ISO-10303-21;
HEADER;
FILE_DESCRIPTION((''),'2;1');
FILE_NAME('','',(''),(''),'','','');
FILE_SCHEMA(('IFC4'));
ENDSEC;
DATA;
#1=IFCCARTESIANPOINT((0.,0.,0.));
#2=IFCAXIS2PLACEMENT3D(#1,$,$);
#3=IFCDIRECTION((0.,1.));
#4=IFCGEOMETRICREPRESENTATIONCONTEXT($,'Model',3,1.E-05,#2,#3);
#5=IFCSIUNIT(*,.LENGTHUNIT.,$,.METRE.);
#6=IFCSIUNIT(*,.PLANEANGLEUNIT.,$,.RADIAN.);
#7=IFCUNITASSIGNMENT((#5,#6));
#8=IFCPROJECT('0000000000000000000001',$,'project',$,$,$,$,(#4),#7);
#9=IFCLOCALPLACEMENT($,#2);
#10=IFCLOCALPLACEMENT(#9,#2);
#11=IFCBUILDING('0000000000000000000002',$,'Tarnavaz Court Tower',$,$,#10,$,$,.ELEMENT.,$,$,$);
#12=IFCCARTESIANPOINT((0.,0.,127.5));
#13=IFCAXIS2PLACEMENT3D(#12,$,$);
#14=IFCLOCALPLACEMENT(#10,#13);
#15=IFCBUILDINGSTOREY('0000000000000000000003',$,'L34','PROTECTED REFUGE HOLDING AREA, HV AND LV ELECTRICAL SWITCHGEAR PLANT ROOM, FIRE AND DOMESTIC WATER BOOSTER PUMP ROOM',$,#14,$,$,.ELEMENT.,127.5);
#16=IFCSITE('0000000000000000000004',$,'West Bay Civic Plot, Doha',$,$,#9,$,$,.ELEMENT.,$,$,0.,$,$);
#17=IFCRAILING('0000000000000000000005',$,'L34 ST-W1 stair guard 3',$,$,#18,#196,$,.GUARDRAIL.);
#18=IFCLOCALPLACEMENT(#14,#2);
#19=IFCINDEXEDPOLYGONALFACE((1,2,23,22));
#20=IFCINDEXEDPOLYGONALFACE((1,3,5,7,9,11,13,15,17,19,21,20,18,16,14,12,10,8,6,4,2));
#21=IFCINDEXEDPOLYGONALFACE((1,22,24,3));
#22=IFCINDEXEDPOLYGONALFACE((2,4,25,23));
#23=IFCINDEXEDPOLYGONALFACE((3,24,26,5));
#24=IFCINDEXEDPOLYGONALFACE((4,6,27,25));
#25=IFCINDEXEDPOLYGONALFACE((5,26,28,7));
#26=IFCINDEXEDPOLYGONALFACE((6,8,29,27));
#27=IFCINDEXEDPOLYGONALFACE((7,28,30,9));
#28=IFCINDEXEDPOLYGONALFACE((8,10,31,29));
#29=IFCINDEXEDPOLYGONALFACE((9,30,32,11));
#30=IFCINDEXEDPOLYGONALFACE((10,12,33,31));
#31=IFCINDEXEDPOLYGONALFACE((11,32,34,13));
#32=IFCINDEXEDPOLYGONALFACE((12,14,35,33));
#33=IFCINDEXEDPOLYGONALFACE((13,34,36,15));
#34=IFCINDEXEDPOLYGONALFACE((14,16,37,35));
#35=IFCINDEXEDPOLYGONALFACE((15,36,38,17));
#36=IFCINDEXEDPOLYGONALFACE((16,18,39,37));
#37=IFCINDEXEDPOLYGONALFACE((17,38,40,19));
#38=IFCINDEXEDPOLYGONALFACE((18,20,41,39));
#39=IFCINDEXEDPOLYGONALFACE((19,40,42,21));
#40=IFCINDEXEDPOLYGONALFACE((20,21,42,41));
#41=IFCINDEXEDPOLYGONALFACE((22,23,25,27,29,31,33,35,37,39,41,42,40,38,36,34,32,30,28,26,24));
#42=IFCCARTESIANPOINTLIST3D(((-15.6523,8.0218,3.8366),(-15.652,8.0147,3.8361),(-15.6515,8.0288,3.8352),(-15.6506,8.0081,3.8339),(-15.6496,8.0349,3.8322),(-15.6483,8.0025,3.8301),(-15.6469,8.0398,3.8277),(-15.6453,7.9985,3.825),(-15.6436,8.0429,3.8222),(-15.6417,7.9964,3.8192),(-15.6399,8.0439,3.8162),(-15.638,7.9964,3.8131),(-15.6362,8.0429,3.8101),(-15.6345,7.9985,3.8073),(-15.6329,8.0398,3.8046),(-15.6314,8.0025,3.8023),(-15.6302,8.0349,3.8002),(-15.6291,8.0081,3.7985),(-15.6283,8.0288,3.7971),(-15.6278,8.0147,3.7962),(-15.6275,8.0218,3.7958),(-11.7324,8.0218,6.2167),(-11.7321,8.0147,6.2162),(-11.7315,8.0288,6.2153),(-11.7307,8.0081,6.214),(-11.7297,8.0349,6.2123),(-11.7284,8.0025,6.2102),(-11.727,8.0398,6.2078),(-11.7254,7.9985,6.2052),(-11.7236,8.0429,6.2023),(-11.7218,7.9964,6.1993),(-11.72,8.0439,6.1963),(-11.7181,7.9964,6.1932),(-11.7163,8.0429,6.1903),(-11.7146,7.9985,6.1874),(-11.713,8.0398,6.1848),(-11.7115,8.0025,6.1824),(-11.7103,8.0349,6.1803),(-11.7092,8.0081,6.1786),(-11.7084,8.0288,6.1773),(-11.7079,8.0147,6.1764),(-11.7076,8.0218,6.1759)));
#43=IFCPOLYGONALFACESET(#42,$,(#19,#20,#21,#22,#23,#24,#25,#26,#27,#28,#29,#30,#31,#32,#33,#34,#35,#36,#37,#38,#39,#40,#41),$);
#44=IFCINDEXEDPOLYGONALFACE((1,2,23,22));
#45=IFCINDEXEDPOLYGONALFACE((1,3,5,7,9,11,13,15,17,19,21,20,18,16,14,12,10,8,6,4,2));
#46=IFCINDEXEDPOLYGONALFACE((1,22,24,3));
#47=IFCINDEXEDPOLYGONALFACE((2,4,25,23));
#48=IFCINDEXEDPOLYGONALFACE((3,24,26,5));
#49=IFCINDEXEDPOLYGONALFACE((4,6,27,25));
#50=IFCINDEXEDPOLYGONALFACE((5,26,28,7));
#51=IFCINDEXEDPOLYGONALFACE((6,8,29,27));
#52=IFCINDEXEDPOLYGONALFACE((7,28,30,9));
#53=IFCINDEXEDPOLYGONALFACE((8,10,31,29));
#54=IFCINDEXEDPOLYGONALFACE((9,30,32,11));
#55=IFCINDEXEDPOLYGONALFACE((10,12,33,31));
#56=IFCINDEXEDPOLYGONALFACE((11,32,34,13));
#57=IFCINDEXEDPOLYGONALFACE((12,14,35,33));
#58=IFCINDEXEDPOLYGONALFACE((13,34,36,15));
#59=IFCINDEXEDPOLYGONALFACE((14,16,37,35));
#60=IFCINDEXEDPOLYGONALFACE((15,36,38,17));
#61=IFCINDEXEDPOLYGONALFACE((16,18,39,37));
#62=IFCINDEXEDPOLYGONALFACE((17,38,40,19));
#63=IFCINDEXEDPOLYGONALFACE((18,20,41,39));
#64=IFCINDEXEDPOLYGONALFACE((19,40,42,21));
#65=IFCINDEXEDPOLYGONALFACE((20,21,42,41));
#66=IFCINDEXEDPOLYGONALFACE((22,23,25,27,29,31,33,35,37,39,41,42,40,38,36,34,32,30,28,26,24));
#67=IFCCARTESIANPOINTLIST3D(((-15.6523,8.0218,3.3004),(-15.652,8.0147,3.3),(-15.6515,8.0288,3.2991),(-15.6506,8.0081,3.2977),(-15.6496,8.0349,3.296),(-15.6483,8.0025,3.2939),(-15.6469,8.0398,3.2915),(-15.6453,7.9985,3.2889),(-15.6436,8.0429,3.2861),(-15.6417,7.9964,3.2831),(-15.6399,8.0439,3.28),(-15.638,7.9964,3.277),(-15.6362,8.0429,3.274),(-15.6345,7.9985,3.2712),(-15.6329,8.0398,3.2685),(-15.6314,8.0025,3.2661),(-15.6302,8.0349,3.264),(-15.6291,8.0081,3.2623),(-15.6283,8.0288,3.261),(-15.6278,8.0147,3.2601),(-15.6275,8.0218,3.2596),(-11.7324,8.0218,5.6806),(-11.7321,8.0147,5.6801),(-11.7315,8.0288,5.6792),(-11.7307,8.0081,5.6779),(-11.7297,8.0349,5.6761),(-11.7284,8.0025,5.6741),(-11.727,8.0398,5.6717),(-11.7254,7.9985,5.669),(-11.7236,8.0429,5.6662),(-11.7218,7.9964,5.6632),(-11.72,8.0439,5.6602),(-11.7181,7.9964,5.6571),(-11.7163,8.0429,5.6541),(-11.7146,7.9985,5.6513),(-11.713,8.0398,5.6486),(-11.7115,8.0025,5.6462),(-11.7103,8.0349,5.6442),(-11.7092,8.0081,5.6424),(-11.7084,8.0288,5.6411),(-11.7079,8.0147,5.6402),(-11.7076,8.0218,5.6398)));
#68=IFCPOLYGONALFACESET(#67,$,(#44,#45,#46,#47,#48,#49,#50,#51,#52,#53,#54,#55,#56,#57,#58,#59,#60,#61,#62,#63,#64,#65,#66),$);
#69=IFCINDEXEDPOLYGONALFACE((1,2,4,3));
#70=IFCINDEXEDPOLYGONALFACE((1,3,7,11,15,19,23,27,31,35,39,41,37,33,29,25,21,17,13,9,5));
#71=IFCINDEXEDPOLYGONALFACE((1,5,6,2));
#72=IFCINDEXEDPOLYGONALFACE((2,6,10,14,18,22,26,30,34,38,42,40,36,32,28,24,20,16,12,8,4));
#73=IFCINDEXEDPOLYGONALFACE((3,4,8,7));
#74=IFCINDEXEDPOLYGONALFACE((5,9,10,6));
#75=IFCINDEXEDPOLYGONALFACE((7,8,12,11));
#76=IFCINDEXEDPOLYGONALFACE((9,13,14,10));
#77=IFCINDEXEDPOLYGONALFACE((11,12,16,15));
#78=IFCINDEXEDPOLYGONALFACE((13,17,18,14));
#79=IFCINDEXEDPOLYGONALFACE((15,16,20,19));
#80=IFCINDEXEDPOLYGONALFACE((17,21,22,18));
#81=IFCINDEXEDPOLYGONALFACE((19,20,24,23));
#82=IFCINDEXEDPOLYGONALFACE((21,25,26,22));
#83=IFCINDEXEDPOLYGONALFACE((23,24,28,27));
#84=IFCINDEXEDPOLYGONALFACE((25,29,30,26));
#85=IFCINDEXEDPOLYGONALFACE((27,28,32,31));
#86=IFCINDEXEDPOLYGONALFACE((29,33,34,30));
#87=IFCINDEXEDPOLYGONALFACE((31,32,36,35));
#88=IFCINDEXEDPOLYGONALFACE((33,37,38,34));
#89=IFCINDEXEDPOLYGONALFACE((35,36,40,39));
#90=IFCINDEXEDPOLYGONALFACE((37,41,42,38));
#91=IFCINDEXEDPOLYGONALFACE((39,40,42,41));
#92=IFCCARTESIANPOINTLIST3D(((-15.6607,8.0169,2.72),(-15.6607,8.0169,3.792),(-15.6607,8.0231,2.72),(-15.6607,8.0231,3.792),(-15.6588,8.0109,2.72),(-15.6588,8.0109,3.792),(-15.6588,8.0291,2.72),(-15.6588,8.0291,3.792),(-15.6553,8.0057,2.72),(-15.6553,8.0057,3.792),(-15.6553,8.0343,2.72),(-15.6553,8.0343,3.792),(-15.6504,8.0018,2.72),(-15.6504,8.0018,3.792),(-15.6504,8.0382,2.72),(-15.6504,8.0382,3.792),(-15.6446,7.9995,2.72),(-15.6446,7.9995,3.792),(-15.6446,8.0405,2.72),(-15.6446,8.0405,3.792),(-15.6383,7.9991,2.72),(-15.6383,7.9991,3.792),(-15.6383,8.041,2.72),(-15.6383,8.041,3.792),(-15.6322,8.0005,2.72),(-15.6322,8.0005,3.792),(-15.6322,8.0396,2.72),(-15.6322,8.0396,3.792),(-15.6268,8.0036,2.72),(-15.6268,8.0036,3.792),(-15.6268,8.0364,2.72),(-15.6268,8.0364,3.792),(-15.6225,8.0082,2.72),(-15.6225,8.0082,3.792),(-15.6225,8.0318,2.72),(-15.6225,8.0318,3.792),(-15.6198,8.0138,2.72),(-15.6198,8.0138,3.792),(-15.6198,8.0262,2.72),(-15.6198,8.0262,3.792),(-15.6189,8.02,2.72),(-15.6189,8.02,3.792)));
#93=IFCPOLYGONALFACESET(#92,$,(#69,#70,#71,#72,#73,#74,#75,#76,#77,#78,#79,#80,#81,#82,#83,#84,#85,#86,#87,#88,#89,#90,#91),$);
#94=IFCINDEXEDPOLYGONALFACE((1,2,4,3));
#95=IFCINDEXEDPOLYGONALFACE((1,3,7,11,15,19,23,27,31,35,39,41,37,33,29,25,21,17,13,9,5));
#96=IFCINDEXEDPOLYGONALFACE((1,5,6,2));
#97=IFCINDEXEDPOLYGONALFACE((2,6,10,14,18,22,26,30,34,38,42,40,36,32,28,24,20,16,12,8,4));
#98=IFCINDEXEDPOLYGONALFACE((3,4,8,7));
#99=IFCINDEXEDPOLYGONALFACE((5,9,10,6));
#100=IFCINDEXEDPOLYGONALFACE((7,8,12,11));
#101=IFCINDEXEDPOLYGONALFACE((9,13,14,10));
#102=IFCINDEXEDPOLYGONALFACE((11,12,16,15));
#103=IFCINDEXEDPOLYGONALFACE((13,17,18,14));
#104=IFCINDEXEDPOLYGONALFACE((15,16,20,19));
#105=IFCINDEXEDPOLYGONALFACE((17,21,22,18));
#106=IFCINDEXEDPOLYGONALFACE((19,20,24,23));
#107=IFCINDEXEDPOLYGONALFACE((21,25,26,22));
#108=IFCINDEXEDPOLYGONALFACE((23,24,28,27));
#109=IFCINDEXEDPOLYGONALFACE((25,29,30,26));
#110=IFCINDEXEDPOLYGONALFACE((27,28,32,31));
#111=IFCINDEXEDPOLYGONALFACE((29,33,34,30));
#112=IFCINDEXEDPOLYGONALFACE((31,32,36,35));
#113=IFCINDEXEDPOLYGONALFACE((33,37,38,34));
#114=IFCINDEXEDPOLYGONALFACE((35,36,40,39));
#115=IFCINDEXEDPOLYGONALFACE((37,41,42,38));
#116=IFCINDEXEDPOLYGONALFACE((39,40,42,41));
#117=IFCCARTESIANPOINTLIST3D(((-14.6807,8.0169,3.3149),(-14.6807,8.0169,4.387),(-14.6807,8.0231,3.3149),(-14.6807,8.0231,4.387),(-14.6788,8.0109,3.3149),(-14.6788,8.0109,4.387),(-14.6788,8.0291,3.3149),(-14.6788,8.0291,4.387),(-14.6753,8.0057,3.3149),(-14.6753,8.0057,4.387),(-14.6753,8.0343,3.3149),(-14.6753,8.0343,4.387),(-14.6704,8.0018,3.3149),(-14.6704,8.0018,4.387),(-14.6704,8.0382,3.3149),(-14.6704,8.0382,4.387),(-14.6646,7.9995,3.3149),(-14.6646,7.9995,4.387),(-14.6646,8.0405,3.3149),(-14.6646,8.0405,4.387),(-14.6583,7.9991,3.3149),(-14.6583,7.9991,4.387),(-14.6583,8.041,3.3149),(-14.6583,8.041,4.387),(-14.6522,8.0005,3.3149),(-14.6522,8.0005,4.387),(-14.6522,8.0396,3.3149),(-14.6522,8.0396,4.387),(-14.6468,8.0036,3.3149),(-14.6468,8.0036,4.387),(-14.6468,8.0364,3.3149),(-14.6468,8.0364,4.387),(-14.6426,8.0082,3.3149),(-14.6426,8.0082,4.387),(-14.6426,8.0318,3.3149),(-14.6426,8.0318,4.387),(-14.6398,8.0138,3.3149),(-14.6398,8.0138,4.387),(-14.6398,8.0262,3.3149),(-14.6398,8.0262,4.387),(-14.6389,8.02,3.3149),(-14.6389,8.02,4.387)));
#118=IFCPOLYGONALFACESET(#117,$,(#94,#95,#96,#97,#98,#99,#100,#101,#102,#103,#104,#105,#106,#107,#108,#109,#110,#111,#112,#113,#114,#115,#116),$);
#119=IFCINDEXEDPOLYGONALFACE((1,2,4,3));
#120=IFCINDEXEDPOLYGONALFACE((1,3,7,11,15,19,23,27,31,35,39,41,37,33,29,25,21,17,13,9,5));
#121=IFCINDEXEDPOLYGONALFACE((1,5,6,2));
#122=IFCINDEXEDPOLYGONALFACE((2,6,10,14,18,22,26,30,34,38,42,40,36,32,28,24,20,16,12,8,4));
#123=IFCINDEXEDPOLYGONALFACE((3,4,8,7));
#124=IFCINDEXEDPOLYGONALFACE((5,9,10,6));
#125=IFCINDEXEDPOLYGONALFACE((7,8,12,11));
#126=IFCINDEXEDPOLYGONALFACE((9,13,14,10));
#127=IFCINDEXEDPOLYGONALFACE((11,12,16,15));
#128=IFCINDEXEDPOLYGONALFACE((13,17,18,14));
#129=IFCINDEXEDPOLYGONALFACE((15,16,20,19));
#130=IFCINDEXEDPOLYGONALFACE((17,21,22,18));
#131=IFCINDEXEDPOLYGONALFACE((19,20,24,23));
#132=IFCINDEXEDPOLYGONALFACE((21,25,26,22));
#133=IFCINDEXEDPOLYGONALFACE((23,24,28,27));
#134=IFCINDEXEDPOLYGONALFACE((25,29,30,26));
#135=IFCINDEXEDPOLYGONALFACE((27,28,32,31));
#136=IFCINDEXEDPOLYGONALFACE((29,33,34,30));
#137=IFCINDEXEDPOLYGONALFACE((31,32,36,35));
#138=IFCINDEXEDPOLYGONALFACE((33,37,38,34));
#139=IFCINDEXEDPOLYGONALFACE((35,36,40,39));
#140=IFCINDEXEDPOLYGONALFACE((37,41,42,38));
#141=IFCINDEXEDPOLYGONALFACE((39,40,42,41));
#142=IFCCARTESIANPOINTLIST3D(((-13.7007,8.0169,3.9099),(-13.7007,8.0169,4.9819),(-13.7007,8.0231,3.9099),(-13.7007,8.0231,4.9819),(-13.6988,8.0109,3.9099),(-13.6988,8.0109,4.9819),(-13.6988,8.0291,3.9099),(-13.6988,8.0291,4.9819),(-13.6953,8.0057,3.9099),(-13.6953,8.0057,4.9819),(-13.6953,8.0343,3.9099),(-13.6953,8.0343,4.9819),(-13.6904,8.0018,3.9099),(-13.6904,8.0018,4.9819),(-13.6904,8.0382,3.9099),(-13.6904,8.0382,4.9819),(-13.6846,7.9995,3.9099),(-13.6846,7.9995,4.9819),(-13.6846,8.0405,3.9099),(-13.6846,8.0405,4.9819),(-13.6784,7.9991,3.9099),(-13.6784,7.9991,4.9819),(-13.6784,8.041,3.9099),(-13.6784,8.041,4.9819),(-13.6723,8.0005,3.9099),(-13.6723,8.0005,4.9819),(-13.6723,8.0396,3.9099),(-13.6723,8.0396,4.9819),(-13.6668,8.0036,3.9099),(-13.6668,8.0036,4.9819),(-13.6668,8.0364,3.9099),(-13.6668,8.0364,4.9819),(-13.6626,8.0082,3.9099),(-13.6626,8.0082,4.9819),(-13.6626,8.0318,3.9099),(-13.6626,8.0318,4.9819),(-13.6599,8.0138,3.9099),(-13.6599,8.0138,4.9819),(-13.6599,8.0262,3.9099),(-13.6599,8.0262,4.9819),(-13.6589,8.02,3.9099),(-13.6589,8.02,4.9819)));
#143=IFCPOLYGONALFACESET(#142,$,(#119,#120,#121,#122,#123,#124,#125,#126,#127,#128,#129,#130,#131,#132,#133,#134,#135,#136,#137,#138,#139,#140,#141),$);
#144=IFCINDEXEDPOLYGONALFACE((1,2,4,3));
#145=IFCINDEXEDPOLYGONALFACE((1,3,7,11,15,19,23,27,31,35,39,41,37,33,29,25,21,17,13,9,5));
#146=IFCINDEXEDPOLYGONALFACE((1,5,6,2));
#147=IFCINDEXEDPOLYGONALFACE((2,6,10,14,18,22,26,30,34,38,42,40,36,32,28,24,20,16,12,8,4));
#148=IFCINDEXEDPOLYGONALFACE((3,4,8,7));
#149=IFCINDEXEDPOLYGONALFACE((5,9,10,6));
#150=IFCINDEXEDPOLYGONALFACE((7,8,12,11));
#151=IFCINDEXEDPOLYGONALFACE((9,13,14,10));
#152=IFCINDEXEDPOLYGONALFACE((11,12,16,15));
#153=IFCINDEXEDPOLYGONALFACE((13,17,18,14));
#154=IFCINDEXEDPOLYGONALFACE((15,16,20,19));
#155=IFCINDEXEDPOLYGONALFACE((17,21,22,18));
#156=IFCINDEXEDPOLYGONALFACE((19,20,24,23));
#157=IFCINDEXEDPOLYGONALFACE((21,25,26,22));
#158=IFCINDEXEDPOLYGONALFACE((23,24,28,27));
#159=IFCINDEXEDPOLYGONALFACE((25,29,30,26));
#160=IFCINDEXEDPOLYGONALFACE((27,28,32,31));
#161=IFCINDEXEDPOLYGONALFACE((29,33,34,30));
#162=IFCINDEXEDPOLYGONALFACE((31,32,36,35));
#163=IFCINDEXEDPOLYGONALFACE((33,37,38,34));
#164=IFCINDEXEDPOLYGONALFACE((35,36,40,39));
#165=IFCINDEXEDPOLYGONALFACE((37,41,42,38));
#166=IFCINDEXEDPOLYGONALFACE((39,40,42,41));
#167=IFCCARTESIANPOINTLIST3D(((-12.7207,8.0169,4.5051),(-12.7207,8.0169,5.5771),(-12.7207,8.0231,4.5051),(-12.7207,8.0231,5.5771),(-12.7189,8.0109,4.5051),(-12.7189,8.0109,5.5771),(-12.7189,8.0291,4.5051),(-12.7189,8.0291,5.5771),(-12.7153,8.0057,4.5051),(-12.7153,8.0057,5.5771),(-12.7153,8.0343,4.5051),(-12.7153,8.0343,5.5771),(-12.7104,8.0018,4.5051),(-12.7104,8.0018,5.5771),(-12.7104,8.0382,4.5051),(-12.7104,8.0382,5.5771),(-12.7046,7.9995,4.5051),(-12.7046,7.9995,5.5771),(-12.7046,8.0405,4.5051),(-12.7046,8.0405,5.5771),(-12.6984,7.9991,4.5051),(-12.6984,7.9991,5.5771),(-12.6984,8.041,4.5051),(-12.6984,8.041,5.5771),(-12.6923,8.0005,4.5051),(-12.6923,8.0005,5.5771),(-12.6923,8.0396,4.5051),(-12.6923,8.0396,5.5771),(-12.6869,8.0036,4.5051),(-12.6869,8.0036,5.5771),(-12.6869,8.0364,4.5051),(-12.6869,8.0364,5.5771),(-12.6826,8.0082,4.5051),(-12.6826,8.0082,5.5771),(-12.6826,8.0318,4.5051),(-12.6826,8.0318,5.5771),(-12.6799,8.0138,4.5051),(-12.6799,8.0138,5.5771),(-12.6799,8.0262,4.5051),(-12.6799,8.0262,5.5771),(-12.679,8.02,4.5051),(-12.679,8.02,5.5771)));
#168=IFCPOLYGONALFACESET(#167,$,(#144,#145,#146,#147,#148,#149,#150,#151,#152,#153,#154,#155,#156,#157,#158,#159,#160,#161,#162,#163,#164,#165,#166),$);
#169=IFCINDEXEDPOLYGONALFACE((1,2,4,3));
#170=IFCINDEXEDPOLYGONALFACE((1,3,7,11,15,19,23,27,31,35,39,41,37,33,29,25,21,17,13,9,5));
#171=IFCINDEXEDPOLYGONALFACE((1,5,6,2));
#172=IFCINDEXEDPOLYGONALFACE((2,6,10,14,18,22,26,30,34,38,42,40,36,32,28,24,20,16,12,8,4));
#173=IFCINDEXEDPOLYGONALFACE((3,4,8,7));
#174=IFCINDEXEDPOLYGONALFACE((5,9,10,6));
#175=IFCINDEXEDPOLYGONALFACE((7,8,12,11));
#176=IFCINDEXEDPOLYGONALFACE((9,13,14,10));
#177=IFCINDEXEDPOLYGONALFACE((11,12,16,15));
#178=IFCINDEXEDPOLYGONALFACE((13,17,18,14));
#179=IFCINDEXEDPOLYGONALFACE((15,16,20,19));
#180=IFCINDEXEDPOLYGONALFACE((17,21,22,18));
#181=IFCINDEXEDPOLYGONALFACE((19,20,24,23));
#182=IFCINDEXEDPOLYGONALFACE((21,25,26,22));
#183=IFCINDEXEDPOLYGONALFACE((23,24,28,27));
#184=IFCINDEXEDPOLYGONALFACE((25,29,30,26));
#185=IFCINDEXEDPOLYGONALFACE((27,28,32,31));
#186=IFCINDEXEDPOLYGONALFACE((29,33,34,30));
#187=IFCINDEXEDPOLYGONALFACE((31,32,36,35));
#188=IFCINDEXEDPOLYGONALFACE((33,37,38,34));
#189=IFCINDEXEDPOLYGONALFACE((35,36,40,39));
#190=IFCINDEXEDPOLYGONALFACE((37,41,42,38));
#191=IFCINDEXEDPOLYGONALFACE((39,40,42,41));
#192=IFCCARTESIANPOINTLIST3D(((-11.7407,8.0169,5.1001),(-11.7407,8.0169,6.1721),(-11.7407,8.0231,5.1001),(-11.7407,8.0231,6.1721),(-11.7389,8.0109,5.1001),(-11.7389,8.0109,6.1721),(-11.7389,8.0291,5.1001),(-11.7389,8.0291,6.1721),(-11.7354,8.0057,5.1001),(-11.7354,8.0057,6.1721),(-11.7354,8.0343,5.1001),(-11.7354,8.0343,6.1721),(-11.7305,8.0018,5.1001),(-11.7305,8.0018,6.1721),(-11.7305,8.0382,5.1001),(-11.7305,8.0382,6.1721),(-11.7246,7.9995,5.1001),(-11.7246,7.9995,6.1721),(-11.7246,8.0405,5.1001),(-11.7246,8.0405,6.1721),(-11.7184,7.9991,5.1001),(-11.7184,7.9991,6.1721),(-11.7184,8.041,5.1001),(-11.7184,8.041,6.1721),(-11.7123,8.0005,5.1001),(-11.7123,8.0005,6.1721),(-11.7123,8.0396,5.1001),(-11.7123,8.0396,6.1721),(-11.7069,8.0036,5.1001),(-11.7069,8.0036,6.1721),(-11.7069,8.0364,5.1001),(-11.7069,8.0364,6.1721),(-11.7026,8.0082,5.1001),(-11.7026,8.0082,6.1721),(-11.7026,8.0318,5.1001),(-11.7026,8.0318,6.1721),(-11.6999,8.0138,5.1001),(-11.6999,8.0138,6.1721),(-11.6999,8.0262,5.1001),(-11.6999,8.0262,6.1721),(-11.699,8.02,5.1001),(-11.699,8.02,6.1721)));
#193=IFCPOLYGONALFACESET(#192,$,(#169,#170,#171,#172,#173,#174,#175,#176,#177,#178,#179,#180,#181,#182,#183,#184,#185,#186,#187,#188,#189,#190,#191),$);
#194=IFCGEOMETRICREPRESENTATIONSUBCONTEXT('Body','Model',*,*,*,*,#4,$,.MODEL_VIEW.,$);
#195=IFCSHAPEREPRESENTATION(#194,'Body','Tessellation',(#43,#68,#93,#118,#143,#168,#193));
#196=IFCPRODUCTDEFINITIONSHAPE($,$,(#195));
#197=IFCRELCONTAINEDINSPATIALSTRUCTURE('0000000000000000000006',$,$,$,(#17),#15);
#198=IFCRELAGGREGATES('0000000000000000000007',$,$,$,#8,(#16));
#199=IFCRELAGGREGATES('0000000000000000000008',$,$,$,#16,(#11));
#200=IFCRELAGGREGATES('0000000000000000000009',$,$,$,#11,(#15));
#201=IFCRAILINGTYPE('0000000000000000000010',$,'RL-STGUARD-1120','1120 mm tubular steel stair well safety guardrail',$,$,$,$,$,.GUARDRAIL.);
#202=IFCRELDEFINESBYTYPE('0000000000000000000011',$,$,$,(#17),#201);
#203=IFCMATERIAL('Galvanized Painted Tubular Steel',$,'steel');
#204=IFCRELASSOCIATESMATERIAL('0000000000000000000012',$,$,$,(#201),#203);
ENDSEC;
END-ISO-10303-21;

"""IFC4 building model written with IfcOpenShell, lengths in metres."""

from ifc_helpers import new_model, si_unit, direction, frame, origin, origin_2d, place, context, subcontext, project, spatial, circle, extrude, material, type_object, element, save


model = new_model("IFC4")

# Units and contexts
model_context = context("Model", 3, precision=1e-05, world=origin(), true_north=direction((0.0, 1.0)))
body_context = subcontext(model_context, "Body", "Model", "MODEL_VIEW")
ifc_project = project(units=[si_unit("LENGTHUNIT", "METRE"), si_unit("PLANEANGLEUNIT", "RADIAN")], contexts=[model_context])

# Site, building, storey
site_placement = place(None, origin())
site = spatial("IfcSite", under=ifc_project, at=site_placement, Name="West Bay Civic Plot, Doha", CompositionType="ELEMENT", RefElevation=0.0)
building_placement = place(site_placement, origin())
building = spatial("IfcBuilding", under=site, at=building_placement, Name="Tarnavaz Court Tower", CompositionType="ELEMENT")
storey_placement = place(building_placement, frame((0.0, 0.0, 127.5)))
storey = spatial("IfcBuildingStorey", under=building, at=storey_placement, Name="L34", Description="PROTECTED REFUGE HOLDING AREA, HV AND LV ELECTRICAL SWITCHGEAR PLANT ROOM, FIRE AND DOMESTIC WATER BOOSTER PUMP ROOM", CompositionType="ELEMENT", Elevation=127.5)

# Railing
ifc_material_1 = material(Name="Galvanized Painted Tubular Steel", Category="steel")
railing_type_1 = type_object("IfcRailingType", Name="RL-STGUARD-1120", Description="1120 mm tubular steel stair well safety guardrail", PredefinedType="GUARDRAIL", material=ifc_material_1)
railing_1_placement = place(storey_placement, frame((-15.6399, 8.02, 2.72)))
element("IfcRailing", 1, at=railing_1_placement, inside=storey, type_object=railing_type_1, Name="L34 ST-W1 stair guard 3", PredefinedType="GUARDRAIL", context=body_context, shape_type="SweptSolid", body=[
    extrude(circle(Radius=0.0239, at=origin_2d()), frame((0.0, 0.0, 1.0962), z_axis=(0.854771, 0.0, 0.519006), x_axis=(0.0, 1.0, 0.0)), (0.0, 0.0, 1.0), 4.5859),
    extrude(circle(Radius=0.0239, at=origin_2d()), frame((0.0, 0.0, 0.5601), z_axis=(0.854771, 0.0, 0.519006), x_axis=(0.0, 1.0, 0.0)), (0.0, 0.0, 1.0), 4.5859),
    extrude(circle(Radius=0.021, at=origin_2d()), origin(), (0.0, 0.0, 1.0), 1.072),
    extrude(circle(Radius=0.021, at=origin_2d()), frame((0.98, 0.0, 0.595)), (0.0, 0.0, 1.0), 1.072),
    extrude(circle(Radius=0.021, at=origin_2d()), frame((1.96, 0.0, 1.1899)), (0.0, 0.0, 1.0), 1.072),
    extrude(circle(Radius=0.021, at=origin_2d()), frame((2.9399, 0.0, 1.7852)), (0.0, 0.0, 1.0), 1.072),
    extrude(circle(Radius=0.021, at=origin_2d()), frame((3.9199, 0.0, 2.3801)), (0.0, 0.0, 1.0), 1.072),
])

save(model, "model.ifc")
